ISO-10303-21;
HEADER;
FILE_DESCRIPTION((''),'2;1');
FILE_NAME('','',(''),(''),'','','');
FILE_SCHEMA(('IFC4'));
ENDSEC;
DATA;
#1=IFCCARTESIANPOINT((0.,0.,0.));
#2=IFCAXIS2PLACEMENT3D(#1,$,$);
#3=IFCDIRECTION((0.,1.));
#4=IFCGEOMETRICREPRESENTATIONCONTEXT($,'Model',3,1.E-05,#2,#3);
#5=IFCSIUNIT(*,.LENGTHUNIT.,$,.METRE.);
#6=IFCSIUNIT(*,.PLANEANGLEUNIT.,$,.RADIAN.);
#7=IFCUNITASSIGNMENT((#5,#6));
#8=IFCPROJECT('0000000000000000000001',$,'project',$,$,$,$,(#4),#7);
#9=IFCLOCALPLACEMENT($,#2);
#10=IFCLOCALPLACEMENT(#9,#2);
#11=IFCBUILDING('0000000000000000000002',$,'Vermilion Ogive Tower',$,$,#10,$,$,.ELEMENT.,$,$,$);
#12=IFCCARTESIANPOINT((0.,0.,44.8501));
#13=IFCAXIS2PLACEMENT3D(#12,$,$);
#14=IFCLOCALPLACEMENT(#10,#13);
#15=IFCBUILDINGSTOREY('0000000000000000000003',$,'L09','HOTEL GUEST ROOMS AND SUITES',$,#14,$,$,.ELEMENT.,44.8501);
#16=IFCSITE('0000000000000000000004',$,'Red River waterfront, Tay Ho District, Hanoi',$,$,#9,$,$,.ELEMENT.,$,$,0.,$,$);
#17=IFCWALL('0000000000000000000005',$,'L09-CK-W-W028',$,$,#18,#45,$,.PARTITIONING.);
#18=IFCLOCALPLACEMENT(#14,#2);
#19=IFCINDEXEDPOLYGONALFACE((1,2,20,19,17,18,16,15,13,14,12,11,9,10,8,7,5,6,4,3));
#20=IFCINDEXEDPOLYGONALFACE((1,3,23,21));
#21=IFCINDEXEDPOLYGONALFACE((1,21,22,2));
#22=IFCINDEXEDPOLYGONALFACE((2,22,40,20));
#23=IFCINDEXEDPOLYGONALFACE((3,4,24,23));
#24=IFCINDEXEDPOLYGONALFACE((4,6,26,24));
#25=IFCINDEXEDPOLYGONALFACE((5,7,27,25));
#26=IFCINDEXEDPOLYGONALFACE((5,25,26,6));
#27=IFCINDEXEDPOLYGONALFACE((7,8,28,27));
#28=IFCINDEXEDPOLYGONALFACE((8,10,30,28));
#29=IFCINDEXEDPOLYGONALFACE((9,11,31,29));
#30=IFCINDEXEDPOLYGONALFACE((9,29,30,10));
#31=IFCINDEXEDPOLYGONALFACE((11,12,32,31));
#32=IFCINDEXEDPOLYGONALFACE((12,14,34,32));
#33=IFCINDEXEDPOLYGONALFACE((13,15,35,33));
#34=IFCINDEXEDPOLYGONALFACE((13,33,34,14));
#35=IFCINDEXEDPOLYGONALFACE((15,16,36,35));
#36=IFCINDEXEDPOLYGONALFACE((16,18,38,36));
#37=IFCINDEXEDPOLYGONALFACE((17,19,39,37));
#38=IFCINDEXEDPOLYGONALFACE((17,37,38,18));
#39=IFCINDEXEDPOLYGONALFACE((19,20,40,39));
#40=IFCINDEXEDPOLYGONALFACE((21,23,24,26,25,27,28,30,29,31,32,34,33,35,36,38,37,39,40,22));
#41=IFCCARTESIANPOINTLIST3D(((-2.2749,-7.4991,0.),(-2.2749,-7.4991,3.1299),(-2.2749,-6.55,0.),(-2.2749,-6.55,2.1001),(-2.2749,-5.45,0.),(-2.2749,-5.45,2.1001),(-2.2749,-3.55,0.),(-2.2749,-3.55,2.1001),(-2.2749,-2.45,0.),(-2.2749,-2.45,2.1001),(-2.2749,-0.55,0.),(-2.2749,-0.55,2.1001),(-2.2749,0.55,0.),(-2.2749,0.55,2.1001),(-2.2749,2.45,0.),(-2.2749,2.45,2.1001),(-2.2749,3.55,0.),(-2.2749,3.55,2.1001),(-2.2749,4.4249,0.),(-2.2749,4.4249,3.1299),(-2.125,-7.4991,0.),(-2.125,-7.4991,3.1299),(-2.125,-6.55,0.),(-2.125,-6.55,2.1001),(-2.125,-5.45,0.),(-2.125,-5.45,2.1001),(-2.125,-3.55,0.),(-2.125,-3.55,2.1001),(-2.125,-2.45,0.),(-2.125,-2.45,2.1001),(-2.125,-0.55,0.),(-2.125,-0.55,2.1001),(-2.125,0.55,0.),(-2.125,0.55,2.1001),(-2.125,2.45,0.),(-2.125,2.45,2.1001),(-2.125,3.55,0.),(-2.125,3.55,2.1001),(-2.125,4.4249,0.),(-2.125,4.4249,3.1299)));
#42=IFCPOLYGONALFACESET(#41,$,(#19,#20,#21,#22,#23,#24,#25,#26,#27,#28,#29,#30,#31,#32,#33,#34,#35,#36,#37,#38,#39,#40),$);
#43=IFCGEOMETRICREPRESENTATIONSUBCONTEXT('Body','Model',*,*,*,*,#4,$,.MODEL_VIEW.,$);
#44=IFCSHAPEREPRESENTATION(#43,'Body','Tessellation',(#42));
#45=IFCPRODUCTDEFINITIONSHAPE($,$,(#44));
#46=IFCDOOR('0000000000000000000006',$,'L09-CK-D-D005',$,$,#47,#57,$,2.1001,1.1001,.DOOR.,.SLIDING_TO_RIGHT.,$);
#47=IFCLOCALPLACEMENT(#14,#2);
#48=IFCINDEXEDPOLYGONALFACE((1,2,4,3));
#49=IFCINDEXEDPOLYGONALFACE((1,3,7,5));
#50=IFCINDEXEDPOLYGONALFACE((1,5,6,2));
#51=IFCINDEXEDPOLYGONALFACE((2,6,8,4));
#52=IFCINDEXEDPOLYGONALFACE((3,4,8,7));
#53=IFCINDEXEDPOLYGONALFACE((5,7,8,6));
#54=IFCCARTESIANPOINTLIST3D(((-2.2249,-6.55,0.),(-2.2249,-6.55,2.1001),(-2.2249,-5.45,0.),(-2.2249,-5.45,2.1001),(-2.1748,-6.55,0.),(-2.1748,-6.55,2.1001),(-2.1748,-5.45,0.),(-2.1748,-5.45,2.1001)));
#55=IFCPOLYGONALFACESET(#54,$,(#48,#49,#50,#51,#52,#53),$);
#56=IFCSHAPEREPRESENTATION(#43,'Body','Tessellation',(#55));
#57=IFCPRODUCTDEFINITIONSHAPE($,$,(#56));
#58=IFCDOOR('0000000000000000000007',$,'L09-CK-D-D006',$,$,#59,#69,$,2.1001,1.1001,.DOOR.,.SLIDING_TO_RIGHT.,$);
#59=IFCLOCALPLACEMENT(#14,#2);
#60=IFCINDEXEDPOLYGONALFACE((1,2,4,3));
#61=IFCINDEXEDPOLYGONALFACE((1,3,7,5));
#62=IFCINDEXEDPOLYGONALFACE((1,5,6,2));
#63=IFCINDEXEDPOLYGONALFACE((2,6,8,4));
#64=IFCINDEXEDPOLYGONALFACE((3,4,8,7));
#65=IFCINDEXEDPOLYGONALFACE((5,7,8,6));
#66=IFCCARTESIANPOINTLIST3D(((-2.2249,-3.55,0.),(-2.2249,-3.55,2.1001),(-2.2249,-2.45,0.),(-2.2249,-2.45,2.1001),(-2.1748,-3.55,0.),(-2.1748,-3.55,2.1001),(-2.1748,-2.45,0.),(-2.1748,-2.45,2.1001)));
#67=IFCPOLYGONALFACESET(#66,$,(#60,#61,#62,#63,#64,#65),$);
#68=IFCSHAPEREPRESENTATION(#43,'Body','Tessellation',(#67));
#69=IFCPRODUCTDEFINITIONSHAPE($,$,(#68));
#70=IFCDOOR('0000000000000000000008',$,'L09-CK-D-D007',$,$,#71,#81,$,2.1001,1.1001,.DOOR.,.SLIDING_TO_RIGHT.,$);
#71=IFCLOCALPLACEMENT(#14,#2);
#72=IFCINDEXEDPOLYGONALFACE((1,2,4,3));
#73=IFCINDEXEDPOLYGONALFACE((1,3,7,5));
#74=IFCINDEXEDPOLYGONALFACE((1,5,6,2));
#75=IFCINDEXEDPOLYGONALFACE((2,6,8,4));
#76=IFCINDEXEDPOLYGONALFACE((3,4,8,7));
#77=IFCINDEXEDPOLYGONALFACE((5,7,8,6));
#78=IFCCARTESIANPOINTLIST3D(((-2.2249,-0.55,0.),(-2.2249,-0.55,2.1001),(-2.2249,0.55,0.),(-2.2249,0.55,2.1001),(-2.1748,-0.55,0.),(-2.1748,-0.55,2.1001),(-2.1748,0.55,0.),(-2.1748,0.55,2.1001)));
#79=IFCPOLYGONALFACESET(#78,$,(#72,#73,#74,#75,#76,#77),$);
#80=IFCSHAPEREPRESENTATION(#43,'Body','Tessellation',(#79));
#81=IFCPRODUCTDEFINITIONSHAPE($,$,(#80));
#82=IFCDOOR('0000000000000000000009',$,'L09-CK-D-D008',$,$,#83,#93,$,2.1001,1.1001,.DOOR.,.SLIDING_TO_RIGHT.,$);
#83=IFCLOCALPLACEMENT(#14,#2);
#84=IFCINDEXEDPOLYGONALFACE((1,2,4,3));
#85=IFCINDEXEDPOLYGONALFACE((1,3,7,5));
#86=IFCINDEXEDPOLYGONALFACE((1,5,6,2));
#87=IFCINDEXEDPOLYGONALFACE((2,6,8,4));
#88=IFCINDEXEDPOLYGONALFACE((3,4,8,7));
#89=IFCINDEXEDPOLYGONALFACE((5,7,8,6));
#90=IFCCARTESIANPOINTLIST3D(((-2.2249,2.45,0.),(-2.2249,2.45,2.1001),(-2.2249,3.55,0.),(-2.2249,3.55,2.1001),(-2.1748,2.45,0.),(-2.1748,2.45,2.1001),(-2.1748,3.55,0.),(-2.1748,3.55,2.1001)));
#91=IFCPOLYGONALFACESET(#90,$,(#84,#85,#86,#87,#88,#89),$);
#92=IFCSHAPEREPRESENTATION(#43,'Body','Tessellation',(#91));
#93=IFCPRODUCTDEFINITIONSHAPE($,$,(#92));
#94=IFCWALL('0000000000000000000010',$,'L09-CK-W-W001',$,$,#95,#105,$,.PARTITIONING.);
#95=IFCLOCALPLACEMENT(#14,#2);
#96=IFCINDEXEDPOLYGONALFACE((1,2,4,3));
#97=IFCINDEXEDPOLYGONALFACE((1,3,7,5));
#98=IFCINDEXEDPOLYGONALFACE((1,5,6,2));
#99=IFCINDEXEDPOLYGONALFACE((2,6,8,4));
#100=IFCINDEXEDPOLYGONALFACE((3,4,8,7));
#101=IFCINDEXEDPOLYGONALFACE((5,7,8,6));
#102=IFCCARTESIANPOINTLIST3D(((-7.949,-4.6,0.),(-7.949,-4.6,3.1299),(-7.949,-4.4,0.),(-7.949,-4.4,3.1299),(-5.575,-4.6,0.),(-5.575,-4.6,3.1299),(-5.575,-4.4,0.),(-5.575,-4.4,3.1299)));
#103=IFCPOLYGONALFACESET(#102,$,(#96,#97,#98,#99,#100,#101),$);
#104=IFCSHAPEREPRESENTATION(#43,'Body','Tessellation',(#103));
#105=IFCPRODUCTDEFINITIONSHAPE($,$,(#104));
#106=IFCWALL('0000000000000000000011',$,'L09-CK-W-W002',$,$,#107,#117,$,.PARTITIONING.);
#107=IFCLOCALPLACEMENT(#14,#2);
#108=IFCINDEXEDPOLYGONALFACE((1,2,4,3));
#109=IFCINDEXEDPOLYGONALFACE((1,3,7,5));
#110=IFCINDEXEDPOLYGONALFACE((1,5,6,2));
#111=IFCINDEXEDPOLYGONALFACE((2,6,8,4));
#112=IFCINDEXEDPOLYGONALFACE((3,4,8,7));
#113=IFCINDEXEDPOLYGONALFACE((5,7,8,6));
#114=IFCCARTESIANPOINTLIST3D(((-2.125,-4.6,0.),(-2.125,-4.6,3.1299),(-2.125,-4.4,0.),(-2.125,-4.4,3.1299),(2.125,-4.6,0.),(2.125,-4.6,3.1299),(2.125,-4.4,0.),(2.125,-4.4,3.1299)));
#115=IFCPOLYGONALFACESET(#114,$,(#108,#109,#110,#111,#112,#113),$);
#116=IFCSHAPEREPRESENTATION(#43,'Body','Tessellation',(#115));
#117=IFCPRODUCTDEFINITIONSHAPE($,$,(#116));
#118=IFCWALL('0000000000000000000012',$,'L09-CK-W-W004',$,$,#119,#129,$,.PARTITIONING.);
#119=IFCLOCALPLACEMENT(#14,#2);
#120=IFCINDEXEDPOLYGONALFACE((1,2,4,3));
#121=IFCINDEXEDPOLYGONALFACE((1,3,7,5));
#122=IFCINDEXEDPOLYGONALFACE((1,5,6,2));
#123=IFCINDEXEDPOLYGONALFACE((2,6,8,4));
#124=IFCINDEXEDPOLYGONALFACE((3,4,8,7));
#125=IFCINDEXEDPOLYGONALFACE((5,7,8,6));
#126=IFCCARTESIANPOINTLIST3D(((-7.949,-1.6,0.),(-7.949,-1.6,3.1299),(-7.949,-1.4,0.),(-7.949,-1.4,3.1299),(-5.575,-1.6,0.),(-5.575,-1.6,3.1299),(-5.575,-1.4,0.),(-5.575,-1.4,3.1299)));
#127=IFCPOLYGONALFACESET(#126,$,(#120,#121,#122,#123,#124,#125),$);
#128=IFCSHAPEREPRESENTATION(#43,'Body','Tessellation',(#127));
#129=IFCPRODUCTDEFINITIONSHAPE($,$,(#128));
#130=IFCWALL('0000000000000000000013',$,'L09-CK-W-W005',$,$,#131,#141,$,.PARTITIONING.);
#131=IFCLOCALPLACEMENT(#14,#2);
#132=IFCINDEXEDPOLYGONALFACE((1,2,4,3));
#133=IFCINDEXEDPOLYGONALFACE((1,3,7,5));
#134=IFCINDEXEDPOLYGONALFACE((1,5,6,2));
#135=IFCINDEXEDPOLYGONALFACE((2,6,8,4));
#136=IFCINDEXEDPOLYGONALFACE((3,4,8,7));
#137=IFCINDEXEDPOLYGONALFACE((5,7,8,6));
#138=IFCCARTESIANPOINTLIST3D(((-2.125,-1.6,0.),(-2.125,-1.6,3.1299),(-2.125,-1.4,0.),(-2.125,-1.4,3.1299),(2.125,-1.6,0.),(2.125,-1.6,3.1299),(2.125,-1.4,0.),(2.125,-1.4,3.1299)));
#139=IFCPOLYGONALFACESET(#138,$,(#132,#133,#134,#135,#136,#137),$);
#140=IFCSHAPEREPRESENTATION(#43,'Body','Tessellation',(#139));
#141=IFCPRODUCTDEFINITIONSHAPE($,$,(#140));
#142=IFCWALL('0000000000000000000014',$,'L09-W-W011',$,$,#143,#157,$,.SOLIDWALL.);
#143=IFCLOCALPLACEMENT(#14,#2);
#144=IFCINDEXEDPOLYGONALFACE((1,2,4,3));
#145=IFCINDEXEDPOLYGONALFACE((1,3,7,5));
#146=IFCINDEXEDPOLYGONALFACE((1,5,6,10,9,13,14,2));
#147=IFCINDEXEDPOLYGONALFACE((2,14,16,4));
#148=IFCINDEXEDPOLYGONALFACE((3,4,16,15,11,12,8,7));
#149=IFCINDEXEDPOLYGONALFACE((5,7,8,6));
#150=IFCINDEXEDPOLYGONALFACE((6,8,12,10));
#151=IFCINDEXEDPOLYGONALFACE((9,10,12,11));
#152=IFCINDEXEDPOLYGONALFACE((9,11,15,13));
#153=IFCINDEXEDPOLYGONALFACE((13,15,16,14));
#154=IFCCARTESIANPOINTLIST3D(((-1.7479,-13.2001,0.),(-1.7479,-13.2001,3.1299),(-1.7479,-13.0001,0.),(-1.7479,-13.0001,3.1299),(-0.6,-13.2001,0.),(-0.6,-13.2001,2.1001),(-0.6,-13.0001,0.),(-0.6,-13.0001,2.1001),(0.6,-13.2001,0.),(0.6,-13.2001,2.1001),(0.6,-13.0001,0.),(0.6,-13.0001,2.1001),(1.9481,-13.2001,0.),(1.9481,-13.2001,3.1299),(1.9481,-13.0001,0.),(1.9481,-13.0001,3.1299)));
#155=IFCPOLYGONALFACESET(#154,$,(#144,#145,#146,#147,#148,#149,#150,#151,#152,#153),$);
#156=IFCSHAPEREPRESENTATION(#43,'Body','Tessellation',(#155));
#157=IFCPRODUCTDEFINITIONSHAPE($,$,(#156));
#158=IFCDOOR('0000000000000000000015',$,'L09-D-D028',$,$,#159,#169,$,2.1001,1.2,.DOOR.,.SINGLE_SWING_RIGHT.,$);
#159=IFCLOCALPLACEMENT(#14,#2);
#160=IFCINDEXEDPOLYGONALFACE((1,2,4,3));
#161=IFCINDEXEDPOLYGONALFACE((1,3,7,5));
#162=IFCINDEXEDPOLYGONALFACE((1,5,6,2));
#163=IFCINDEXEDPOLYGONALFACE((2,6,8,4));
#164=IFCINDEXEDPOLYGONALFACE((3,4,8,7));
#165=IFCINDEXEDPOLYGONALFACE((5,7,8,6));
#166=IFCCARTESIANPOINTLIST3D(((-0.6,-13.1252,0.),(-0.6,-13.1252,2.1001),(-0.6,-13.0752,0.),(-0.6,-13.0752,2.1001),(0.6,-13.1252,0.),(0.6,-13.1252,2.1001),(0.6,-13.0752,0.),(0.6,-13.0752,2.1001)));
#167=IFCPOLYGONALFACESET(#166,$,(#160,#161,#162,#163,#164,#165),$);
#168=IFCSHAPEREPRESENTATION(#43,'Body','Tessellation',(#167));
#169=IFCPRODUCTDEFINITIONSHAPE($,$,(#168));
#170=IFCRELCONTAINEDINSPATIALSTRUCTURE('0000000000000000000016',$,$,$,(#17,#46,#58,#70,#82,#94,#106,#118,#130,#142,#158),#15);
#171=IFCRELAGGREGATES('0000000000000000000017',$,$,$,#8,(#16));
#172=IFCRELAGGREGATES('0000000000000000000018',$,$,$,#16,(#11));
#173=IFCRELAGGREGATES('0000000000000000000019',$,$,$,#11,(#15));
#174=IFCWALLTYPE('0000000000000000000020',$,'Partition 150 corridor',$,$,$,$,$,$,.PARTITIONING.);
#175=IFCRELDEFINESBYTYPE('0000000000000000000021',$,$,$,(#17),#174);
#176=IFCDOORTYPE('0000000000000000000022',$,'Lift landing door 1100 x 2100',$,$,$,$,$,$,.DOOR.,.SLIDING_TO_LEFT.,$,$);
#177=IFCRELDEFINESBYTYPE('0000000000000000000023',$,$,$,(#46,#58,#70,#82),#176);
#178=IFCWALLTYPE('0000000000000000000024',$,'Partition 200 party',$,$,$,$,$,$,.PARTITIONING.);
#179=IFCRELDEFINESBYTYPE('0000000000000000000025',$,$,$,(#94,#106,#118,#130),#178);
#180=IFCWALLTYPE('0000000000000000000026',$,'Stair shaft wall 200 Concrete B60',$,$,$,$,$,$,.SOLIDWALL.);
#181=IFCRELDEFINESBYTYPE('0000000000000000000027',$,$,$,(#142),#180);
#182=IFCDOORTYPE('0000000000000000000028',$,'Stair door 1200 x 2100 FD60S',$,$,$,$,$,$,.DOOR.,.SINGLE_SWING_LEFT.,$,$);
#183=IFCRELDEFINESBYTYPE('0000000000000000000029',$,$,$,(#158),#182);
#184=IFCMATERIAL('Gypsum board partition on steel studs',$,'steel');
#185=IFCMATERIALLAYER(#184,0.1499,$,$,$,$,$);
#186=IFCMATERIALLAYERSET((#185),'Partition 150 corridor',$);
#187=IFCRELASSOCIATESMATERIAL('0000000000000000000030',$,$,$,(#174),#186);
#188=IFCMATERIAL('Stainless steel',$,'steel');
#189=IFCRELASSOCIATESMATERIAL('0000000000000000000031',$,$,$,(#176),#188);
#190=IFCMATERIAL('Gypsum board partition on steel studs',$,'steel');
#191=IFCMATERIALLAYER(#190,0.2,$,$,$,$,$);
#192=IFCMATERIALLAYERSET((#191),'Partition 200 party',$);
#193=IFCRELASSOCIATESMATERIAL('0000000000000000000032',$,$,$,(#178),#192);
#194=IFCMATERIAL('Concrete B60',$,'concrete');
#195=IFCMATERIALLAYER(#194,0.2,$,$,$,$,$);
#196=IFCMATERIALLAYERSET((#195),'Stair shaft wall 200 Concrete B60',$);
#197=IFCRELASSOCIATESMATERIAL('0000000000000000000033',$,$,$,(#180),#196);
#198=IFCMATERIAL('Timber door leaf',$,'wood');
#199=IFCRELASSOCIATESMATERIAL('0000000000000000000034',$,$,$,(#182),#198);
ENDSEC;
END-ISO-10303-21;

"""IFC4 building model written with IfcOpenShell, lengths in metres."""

from ifc_helpers import new_model, si_unit, direction, frame, frame_2d, origin, place, context, subcontext, project, spatial, rectangle, extrude, material, layer, layer_set, type_object, element, fill, save


model = new_model("IFC4")

# Units and contexts
model_context = context("Model", 3, precision=1e-05, world=origin(), true_north=direction((0.0, 1.0)))
body_context = subcontext(model_context, "Body", "Model", "MODEL_VIEW")
ifc_project = project(units=[si_unit("LENGTHUNIT", "METRE"), si_unit("PLANEANGLEUNIT", "RADIAN")], contexts=[model_context])

# Site, building, storey
site_placement = place(None, origin())
site = spatial("IfcSite", under=ifc_project, at=site_placement, Name="Red River waterfront, Tay Ho District, Hanoi", CompositionType="ELEMENT", RefElevation=0.0)
building_placement = place(site_placement, origin())
building = spatial("IfcBuilding", under=site, at=building_placement, Name="Vermilion Ogive Tower", CompositionType="ELEMENT")
storey_placement = place(building_placement, frame((0.0, 0.0, 44.8501)))
storey = spatial("IfcBuildingStorey", under=building, at=storey_placement, Name="L09", Description="HOTEL GUEST ROOMS AND SUITES", CompositionType="ELEMENT", Elevation=44.8501)

# Wall, openings, doors
ifc_material_1 = material(Name="Gypsum board partition on steel studs", Category="steel")
ifc_layer_1 = layer(ifc_material_1, 0.1499)
ifc_layer_set_1 = layer_set([ifc_layer_1], Name="Partition 150 corridor")
wall_type_1 = type_object("IfcWallType", Name="Partition 150 corridor", PredefinedType="PARTITIONING", material=ifc_layer_set_1)
ifc_material_2 = material(Name="Stainless steel", Category="steel")
door_type_1 = type_object("IfcDoorType", Name="Lift landing door 1100 x 2100", OperationType="SLIDING_TO_LEFT", PredefinedType="DOOR", material=ifc_material_2)
wall_1_placement = place(storey_placement, frame((-2.2, -7.499, 0.0), z_axis=(0.0, 0.0, 1.0), x_axis=(0.0, 1.0, 0.0)))
wall_1 = element("IfcWall", 1, at=wall_1_placement, inside=storey, type_object=wall_type_1, Name="L09-CK-W-W028", PredefinedType="PARTITIONING", context=body_context, shape_type="SweptSolid", body=[
    extrude(rectangle(XDim=11.9241, YDim=0.1499, at=frame_2d((5.9619, 0.0))), origin(), (0.0, 0.0, 1.0), 3.1299),
])
opening_1_placement = place(wall_1_placement, frame((0.949, 0.0, 0.0)))
opening_1 = element("IfcOpeningElement", 2, at=opening_1_placement, cuts=wall_1, PredefinedType="OPENING", context=body_context, shape_type="SweptSolid", body=[
    extrude(rectangle(XDim=1.1001, YDim=2.1001, at=frame_2d((0.55, 1.05))), frame((0.0, 0.085, 0.0), z_axis=(0.0, -1.0, 0.0), x_axis=(1.0, 0.0, 0.0)), (0.0, 0.0, 1.0), 0.1699),
])
opening_2_placement = place(wall_1_placement, frame((3.949, 0.0, 0.0)))
opening_2 = element("IfcOpeningElement", 3, at=opening_2_placement, cuts=wall_1, PredefinedType="OPENING", context=body_context, shape_type="SweptSolid", body=[
    extrude(rectangle(XDim=1.1001, YDim=2.1001, at=frame_2d((0.55, 1.05))), frame((0.0, 0.085, 0.0), z_axis=(0.0, -1.0, 0.0), x_axis=(1.0, 0.0, 0.0)), (0.0, 0.0, 1.0), 0.1699),
])
opening_3_placement = place(wall_1_placement, frame((6.949, 0.0, 0.0)))
opening_3 = element("IfcOpeningElement", 4, at=opening_3_placement, cuts=wall_1, PredefinedType="OPENING", context=body_context, shape_type="SweptSolid", body=[
    extrude(rectangle(XDim=1.1001, YDim=2.1001, at=frame_2d((0.55, 1.05))), frame((0.0, 0.085, 0.0), z_axis=(0.0, -1.0, 0.0), x_axis=(1.0, 0.0, 0.0)), (0.0, 0.0, 1.0), 0.1699),
])
opening_4_placement = place(wall_1_placement, frame((9.949, 0.0, 0.0)))
opening_4 = element("IfcOpeningElement", 5, at=opening_4_placement, cuts=wall_1, PredefinedType="OPENING", context=body_context, shape_type="SweptSolid", body=[
    extrude(rectangle(XDim=1.1001, YDim=2.1001, at=frame_2d((0.55, 1.05))), frame((0.0, 0.085, 0.0), z_axis=(0.0, -1.0, 0.0), x_axis=(1.0, 0.0, 0.0)), (0.0, 0.0, 1.0), 0.1699),
])
door_1_placement = place(opening_1_placement, origin())
door_1 = element("IfcDoor", 6, at=door_1_placement, inside=storey, type_object=door_type_1, Name="L09-CK-D-D005", OperationType="SLIDING_TO_RIGHT", OverallHeight=2.1001, OverallWidth=1.1001, PredefinedType="DOOR", context=body_context, shape_type="SweptSolid", body=[
    extrude(rectangle(XDim=1.1001, YDim=2.1001, at=frame_2d((0.55, 1.05))), frame((0.0, 0.0249, 0.0), z_axis=(0.0, -1.0, 0.0), x_axis=(1.0, 0.0, 0.0)), (0.0, 0.0, 1.0), 0.05),
])
fill(opening_1, door_1)
door_2_placement = place(opening_2_placement, origin())
door_2 = element("IfcDoor", 7, at=door_2_placement, inside=storey, type_object=door_type_1, Name="L09-CK-D-D006", OperationType="SLIDING_TO_RIGHT", OverallHeight=2.1001, OverallWidth=1.1001, PredefinedType="DOOR", context=body_context, shape_type="SweptSolid", body=[
    extrude(rectangle(XDim=1.1001, YDim=2.1001, at=frame_2d((0.55, 1.05))), frame((0.0, 0.0249, 0.0), z_axis=(0.0, -1.0, 0.0), x_axis=(1.0, 0.0, 0.0)), (0.0, 0.0, 1.0), 0.05),
])
fill(opening_2, door_2)
door_3_placement = place(opening_3_placement, origin())
door_3 = element("IfcDoor", 8, at=door_3_placement, inside=storey, type_object=door_type_1, Name="L09-CK-D-D007", OperationType="SLIDING_TO_RIGHT", OverallHeight=2.1001, OverallWidth=1.1001, PredefinedType="DOOR", context=body_context, shape_type="SweptSolid", body=[
    extrude(rectangle(XDim=1.1001, YDim=2.1001, at=frame_2d((0.55, 1.05))), frame((0.0, 0.0249, 0.0), z_axis=(0.0, -1.0, 0.0), x_axis=(1.0, 0.0, 0.0)), (0.0, 0.0, 1.0), 0.05),
])
fill(opening_3, door_3)
door_4_placement = place(opening_4_placement, origin())
door_4 = element("IfcDoor", 9, at=door_4_placement, inside=storey, type_object=door_type_1, Name="L09-CK-D-D008", OperationType="SLIDING_TO_RIGHT", OverallHeight=2.1001, OverallWidth=1.1001, PredefinedType="DOOR", context=body_context, shape_type="SweptSolid", body=[
    extrude(rectangle(XDim=1.1001, YDim=2.1001, at=frame_2d((0.55, 1.05))), frame((0.0, 0.0249, 0.0), z_axis=(0.0, -1.0, 0.0), x_axis=(1.0, 0.0, 0.0)), (0.0, 0.0, 1.0), 0.05),
])
fill(opening_4, door_4)

# Walls
ifc_material_3 = material(Name="Gypsum board partition on steel studs", Category="steel")
ifc_layer_2 = layer(ifc_material_3, 0.2)
ifc_layer_set_2 = layer_set([ifc_layer_2], Name="Partition 200 party")
wall_type_2 = type_object("IfcWallType", Name="Partition 200 party", PredefinedType="PARTITIONING", material=ifc_layer_set_2)
wall_2_placement = place(storey_placement, frame((-7.949, -4.5, 0.0), z_axis=(0.0, 0.0, 1.0), x_axis=(1.0, 0.0, 0.0)))
element("IfcWall", 10, at=wall_2_placement, inside=storey, type_object=wall_type_2, Name="L09-CK-W-W001", PredefinedType="PARTITIONING", context=body_context, shape_type="SweptSolid", body=[
    extrude(rectangle(XDim=2.374, YDim=0.2, at=frame_2d((1.187, 0.0))), origin(), (0.0, 0.0, 1.0), 3.1299),
])
wall_3_placement = place(storey_placement, frame((-2.125, -4.5, 0.0), z_axis=(0.0, 0.0, 1.0), x_axis=(1.0, 0.0, 0.0)))
element("IfcWall", 11, at=wall_3_placement, inside=storey, type_object=wall_type_2, Name="L09-CK-W-W002", PredefinedType="PARTITIONING", context=body_context, shape_type="SweptSolid", body=[
    extrude(rectangle(XDim=4.25, YDim=0.2, at=frame_2d((2.125, 0.0))), origin(), (0.0, 0.0, 1.0), 3.1299),
])
wall_4_placement = place(storey_placement, frame((-7.949, -1.5, 0.0), z_axis=(0.0, 0.0, 1.0), x_axis=(1.0, 0.0, 0.0)))
element("IfcWall", 12, at=wall_4_placement, inside=storey, type_object=wall_type_2, Name="L09-CK-W-W004", PredefinedType="PARTITIONING", context=body_context, shape_type="SweptSolid", body=[
    extrude(rectangle(XDim=2.374, YDim=0.2, at=frame_2d((1.187, 0.0))), origin(), (0.0, 0.0, 1.0), 3.1299),
])
wall_5_placement = place(storey_placement, frame((-2.125, -1.5, 0.0), z_axis=(0.0, 0.0, 1.0), x_axis=(1.0, 0.0, 0.0)))
element("IfcWall", 13, at=wall_5_placement, inside=storey, type_object=wall_type_2, Name="L09-CK-W-W005", PredefinedType="PARTITIONING", context=body_context, shape_type="SweptSolid", body=[
    extrude(rectangle(XDim=4.25, YDim=0.2, at=frame_2d((2.125, 0.0))), origin(), (0.0, 0.0, 1.0), 3.1299),
])

# Wall, opening, door
ifc_material_4 = material(Name="Concrete B60", Category="concrete")
ifc_layer_3 = layer(ifc_material_4, 0.2)
ifc_layer_set_3 = layer_set([ifc_layer_3], Name="Stair shaft wall 200 Concrete B60")
wall_type_3 = type_object("IfcWallType", Name="Stair shaft wall 200 Concrete B60", PredefinedType="SOLIDWALL", material=ifc_layer_set_3)
wall_6_placement = place(storey_placement, frame((-1.748, -13.1001, 0.0), z_axis=(0.0, 0.0, 1.0), x_axis=(1.0, 0.0, 0.0)))
wall_6 = element("IfcWall", 14, at=wall_6_placement, inside=storey, type_object=wall_type_3, Name="L09-W-W011", PredefinedType="SOLIDWALL", context=body_context, shape_type="SweptSolid", body=[
    extrude(rectangle(XDim=3.696, YDim=0.2, at=frame_2d((1.8481, 0.0))), origin(), (0.0, 0.0, 1.0), 3.1299),
])
opening_5_placement = place(wall_6_placement, frame((1.1479, 0.0, 0.0)))
opening_5 = element("IfcOpeningElement", 15, at=opening_5_placement, cuts=wall_6, PredefinedType="OPENING", context=body_context, shape_type="SweptSolid", body=[
    extrude(rectangle(XDim=1.2, YDim=2.1001, at=frame_2d((0.6001, 1.05))), frame((0.0, 0.1099, 0.0), z_axis=(0.0, -1.0, 0.0), x_axis=(1.0, 0.0, 0.0)), (0.0, 0.0, 1.0), 0.22),
])
ifc_material_5 = material(Name="Timber door leaf", Category="wood")
door_type_2 = type_object("IfcDoorType", Name="Stair door 1200 x 2100 FD60S", OperationType="SINGLE_SWING_LEFT", PredefinedType="DOOR", material=ifc_material_5)
door_5_placement = place(opening_5_placement, origin())
door_5 = element("IfcDoor", 16, at=door_5_placement, inside=storey, type_object=door_type_2, Name="L09-D-D028", OperationType="SINGLE_SWING_RIGHT", OverallHeight=2.1001, OverallWidth=1.2, PredefinedType="DOOR", context=body_context, shape_type="SweptSolid", body=[
    extrude(rectangle(XDim=1.2, YDim=2.1001, at=frame_2d((0.6001, 1.05))), frame((0.0, 0.0249, 0.0), z_axis=(0.0, -1.0, 0.0), x_axis=(1.0, 0.0, 0.0)), (0.0, 0.0, 1.0), 0.05),
])
fill(opening_5, door_5)

save(model, "model.ifc")
